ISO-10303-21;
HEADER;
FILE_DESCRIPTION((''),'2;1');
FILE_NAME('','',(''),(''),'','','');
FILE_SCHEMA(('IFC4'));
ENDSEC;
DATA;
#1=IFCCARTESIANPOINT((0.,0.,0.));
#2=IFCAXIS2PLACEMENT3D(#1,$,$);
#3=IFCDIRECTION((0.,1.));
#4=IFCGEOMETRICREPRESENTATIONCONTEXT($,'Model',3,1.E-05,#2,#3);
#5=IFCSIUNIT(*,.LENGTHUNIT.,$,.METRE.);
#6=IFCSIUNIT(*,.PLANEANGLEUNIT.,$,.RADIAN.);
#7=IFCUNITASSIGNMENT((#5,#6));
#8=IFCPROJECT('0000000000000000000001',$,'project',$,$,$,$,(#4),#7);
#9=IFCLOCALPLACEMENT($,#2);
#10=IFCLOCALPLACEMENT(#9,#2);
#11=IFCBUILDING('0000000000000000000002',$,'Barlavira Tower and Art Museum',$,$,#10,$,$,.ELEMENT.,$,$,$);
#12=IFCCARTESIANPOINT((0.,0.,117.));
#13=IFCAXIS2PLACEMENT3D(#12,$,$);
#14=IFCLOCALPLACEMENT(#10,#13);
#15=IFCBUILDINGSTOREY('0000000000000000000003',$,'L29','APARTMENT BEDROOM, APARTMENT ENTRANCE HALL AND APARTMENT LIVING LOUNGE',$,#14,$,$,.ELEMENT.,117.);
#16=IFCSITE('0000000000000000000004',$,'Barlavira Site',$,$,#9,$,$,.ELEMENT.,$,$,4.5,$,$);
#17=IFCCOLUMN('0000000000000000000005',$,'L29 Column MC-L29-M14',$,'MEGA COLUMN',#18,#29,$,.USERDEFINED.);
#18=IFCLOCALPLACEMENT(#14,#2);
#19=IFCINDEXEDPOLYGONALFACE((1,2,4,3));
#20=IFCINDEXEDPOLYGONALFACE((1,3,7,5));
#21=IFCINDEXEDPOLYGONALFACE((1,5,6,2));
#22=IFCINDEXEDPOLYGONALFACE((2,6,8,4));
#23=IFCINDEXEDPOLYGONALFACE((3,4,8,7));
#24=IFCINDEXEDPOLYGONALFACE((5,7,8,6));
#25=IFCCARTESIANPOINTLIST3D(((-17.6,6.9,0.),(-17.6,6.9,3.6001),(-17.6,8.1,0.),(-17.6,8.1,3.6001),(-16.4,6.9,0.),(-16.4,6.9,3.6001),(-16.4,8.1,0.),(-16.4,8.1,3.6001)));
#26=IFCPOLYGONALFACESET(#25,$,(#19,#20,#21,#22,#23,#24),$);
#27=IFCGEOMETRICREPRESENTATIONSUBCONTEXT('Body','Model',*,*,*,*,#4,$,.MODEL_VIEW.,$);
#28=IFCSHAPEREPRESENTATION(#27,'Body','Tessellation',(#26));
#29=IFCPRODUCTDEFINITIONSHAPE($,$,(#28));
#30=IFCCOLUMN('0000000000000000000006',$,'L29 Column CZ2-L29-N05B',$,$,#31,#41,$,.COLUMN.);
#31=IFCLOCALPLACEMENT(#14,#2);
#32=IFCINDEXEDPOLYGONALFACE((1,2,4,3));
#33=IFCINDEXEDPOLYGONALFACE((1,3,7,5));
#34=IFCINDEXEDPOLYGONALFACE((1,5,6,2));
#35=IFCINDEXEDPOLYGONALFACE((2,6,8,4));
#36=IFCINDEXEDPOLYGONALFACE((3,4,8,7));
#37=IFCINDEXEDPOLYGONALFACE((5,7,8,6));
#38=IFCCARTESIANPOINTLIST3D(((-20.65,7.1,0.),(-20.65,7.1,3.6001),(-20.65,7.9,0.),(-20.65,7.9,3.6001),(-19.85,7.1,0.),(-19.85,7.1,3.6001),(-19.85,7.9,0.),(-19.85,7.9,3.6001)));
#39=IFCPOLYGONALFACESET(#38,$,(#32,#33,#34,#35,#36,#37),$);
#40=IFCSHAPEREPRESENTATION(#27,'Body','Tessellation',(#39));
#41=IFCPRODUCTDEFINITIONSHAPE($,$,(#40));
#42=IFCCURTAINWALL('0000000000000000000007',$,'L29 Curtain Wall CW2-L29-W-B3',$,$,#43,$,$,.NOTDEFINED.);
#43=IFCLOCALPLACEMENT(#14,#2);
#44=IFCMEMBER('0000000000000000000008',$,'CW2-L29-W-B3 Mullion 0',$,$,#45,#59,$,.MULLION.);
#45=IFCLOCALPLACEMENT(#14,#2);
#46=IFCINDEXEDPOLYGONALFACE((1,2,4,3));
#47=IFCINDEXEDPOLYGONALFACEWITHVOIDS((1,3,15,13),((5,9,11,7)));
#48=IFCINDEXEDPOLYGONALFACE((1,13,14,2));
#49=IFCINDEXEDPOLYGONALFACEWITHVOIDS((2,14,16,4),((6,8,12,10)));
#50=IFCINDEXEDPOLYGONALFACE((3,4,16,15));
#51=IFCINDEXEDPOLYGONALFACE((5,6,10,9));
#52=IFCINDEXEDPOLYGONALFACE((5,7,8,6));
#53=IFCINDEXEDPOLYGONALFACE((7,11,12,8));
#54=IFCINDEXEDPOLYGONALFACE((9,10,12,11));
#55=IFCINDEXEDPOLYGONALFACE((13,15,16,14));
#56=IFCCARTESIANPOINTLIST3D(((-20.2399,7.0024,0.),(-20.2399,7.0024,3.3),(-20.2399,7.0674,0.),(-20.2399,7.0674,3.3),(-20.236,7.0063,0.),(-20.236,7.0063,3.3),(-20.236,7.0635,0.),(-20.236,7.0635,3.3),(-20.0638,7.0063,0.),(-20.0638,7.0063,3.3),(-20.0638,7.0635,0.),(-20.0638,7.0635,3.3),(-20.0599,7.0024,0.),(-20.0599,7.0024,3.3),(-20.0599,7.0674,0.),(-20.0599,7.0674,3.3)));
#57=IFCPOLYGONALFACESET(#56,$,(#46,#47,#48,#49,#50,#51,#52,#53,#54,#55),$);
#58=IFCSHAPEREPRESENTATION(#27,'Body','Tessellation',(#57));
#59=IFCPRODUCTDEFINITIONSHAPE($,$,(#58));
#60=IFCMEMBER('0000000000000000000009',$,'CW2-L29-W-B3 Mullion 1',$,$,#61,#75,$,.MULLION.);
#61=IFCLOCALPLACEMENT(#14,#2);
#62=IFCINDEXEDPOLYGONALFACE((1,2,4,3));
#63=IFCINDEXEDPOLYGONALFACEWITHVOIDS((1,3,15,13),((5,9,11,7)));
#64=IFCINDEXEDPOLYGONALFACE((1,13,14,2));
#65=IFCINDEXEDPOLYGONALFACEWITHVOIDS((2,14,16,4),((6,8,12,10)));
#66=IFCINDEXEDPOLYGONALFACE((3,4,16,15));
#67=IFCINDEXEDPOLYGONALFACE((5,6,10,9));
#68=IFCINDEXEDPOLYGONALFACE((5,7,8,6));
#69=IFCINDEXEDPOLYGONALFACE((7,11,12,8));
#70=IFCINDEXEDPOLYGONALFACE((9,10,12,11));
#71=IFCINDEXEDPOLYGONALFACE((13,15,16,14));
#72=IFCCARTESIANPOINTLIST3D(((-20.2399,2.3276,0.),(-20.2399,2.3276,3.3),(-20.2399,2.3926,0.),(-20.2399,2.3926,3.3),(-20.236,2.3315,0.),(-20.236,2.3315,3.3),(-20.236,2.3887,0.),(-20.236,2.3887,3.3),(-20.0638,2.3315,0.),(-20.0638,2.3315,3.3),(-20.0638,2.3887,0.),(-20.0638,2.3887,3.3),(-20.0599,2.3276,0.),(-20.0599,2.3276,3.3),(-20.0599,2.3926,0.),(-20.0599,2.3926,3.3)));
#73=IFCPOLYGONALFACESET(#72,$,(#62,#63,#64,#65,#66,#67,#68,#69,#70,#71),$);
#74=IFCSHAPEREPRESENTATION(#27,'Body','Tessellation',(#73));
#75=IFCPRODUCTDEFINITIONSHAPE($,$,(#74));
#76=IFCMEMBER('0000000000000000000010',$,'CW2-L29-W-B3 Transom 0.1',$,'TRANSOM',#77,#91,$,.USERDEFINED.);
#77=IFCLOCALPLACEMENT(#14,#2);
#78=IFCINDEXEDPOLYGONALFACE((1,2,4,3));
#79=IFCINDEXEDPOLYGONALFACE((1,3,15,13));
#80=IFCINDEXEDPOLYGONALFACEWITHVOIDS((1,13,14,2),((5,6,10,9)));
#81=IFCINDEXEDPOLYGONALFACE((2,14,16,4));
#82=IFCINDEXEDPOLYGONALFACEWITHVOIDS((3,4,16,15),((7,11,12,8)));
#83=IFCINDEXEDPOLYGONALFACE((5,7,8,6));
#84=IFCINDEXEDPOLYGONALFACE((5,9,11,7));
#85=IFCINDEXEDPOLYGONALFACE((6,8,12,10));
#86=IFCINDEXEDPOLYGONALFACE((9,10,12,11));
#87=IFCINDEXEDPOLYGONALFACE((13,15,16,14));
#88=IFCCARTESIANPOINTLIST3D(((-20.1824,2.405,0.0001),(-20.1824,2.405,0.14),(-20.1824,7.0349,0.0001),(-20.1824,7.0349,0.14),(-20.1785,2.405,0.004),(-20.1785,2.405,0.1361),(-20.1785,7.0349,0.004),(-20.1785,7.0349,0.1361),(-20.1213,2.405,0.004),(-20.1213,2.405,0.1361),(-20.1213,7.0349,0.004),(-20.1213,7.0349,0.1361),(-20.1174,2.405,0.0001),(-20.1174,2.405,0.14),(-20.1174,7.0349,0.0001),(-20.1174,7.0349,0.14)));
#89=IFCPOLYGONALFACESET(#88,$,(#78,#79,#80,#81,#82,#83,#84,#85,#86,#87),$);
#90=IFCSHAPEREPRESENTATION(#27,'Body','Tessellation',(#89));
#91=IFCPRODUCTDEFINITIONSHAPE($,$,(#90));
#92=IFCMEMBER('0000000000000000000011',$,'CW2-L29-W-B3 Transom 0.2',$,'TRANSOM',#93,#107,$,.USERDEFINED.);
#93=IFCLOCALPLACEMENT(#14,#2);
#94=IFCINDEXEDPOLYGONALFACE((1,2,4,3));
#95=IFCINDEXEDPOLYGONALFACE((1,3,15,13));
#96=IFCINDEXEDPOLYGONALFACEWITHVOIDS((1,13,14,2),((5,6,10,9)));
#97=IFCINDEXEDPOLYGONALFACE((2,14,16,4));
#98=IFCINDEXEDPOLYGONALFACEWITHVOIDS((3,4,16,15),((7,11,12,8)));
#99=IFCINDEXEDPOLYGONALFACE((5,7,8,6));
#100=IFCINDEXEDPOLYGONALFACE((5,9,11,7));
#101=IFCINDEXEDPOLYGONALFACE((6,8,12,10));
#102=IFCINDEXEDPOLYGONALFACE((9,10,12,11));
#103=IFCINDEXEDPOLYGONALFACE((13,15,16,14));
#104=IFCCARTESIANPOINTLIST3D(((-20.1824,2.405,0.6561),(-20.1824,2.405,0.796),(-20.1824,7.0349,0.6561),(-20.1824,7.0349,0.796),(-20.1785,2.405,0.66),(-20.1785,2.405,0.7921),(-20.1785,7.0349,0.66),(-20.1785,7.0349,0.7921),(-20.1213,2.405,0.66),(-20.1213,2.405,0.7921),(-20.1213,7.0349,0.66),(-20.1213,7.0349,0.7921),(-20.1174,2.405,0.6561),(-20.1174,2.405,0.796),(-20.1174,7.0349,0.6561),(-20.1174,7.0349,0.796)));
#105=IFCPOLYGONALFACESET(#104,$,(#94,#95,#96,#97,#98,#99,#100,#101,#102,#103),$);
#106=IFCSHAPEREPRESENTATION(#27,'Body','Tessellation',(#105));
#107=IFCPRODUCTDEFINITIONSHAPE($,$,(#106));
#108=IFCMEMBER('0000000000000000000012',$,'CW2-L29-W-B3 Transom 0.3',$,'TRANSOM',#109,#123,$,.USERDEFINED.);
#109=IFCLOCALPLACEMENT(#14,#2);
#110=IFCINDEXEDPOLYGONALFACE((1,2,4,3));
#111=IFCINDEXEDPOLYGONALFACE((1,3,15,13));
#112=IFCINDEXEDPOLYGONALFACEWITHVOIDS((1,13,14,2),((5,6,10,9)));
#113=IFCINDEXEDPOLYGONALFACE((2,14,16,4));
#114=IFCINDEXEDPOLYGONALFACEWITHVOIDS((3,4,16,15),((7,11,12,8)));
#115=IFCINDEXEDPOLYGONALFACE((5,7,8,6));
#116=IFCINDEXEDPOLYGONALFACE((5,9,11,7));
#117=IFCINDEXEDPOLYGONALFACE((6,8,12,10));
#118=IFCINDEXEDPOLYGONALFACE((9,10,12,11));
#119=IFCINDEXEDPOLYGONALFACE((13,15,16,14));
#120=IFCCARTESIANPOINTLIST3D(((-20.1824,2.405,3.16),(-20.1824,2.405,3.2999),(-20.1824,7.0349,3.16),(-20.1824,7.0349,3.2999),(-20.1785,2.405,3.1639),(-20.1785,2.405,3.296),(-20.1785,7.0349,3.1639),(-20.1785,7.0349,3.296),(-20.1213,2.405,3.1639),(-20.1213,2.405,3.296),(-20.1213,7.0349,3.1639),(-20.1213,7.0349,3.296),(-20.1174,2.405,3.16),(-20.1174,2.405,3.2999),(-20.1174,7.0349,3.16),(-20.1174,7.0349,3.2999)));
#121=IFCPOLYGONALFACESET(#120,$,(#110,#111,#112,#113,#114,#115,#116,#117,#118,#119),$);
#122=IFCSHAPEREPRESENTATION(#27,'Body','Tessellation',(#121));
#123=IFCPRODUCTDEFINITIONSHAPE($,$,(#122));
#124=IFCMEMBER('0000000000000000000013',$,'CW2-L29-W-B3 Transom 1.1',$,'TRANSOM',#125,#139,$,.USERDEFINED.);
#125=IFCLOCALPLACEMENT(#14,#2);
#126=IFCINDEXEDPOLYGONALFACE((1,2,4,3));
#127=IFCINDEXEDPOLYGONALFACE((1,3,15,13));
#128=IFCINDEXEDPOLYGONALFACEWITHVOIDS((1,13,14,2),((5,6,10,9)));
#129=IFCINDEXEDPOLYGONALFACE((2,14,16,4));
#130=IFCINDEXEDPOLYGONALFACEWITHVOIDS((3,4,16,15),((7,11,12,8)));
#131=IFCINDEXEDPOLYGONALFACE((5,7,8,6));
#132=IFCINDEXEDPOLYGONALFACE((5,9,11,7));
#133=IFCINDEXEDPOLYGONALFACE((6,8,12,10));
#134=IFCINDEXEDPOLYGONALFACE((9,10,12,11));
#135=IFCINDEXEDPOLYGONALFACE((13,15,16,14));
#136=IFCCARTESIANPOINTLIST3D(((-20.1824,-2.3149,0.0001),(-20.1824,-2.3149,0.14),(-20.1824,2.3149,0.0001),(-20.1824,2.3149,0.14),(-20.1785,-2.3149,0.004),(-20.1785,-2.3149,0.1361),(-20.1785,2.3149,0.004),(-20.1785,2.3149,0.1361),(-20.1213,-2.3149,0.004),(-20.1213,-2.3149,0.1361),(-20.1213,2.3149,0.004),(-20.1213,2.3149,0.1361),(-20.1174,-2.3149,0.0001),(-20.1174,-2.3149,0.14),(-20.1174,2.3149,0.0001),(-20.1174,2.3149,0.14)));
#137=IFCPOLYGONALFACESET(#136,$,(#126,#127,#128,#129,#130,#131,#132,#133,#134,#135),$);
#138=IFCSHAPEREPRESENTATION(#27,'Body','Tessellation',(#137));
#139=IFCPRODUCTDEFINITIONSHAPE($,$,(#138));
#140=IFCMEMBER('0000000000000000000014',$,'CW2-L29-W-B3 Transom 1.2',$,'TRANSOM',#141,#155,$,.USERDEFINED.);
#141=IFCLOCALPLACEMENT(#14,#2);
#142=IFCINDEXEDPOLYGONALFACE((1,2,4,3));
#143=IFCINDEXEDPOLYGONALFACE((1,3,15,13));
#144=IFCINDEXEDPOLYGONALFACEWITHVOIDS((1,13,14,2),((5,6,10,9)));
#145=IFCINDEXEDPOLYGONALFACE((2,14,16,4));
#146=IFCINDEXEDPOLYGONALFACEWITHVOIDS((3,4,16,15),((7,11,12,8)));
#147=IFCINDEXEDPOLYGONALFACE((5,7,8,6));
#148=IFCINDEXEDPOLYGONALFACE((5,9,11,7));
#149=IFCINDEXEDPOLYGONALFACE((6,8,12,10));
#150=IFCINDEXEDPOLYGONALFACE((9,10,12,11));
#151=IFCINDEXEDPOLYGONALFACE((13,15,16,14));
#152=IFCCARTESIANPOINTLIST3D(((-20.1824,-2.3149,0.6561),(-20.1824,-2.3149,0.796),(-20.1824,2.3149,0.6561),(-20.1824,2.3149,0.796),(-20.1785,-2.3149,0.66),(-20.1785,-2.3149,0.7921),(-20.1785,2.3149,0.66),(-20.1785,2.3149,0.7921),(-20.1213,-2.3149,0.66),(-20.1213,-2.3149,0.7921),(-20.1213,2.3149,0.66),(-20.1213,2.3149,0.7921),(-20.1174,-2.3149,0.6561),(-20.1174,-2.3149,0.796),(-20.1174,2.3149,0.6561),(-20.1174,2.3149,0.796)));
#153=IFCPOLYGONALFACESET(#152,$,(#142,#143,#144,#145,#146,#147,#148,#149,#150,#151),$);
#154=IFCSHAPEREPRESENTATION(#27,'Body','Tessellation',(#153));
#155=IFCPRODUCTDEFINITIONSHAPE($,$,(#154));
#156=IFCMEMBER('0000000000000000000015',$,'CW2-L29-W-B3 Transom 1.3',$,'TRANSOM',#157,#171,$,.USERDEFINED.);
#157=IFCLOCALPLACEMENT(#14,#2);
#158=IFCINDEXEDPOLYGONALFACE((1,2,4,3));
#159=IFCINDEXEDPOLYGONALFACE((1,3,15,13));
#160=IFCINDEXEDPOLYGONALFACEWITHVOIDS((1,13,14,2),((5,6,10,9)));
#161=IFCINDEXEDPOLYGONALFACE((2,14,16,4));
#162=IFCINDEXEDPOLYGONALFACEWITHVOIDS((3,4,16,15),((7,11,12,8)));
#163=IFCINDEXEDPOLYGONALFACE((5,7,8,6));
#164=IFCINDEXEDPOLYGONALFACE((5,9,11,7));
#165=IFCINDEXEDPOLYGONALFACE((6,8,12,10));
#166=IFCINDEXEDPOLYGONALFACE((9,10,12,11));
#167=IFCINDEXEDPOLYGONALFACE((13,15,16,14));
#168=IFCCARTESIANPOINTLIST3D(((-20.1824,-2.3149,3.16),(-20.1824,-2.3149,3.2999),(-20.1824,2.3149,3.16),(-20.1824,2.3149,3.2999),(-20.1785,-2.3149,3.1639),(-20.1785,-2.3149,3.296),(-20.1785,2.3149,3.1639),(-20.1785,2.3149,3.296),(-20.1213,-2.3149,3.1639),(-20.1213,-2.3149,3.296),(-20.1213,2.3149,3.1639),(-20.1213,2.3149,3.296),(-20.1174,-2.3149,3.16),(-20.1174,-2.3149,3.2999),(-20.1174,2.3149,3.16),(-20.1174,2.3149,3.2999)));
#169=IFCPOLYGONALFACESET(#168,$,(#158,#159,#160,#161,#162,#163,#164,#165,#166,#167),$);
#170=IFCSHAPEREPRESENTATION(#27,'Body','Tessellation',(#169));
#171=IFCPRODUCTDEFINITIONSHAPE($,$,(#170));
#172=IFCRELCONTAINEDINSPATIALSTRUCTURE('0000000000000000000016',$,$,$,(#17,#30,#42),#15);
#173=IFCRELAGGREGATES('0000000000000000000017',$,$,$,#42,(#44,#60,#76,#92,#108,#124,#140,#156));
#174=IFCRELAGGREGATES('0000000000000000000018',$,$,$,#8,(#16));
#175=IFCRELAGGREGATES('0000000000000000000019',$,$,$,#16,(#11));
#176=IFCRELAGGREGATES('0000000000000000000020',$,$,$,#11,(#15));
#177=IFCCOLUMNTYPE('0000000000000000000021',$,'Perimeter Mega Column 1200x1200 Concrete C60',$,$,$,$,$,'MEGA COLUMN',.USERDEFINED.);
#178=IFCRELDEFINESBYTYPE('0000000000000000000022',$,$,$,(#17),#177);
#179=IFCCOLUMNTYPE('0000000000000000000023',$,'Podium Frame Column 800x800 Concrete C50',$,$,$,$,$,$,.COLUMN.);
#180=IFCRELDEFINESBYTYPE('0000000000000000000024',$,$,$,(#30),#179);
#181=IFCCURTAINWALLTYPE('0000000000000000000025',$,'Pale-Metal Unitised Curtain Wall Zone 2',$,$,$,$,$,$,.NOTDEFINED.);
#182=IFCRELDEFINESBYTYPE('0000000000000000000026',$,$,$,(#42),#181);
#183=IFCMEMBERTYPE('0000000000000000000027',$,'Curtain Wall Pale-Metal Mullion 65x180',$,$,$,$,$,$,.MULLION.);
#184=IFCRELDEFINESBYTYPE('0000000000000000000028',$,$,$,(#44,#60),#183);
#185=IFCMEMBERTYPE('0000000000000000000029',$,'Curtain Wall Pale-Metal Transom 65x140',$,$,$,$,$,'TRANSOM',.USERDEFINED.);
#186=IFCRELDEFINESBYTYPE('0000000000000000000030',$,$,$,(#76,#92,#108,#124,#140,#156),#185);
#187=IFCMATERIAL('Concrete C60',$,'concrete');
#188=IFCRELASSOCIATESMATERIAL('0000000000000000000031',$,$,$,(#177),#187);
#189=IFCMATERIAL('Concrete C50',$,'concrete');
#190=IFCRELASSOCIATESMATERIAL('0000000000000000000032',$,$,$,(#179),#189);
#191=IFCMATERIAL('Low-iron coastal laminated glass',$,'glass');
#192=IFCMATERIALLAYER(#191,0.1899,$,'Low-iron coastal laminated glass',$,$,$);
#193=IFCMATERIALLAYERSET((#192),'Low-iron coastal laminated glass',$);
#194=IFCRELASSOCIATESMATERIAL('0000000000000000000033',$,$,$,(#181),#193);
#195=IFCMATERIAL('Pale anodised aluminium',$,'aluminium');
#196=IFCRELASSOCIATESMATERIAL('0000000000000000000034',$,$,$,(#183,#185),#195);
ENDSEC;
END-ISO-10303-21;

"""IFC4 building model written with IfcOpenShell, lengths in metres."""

from ifc_helpers import new_model, si_unit, direction, frame, origin, origin_2d, place, context, subcontext, project, spatial, rectangle, hollow_rectangle, extrude, material, layer, layer_set, material_profile, profile_set, type_object, element, aggregate, save


model = new_model("IFC4")

# Units and contexts
model_context = context("Model", 3, precision=1e-05, world=origin(), true_north=direction((0.0, 1.0)))
body_context = subcontext(model_context, "Body", "Model", "MODEL_VIEW")
ifc_project = project(units=[si_unit("LENGTHUNIT", "METRE"), si_unit("PLANEANGLEUNIT", "RADIAN")], contexts=[model_context])

# Site, building, storey
site_placement = place(None, origin())
site = spatial("IfcSite", under=ifc_project, at=site_placement, Name="Barlavira Site", CompositionType="ELEMENT", RefElevation=4.5)
building_placement = place(site_placement, origin())
building = spatial("IfcBuilding", under=site, at=building_placement, Name="Barlavira Tower and Art Museum", CompositionType="ELEMENT")
storey_placement = place(building_placement, frame((0.0, 0.0, 117.0)))
storey = spatial("IfcBuildingStorey", under=building, at=storey_placement, Name="L29", Description="APARTMENT BEDROOM, APARTMENT ENTRANCE HALL AND APARTMENT LIVING LOUNGE", CompositionType="ELEMENT", Elevation=117.0)

# Columns
ifc_material_1 = material(Name="Concrete C60", Category="concrete")
ifc_material_profile_1 = material_profile(ifc_material_1, rectangle(XDim=1.2, YDim=1.2, at=origin_2d()), Name="RC-COL 1200x1200")
ifc_profile_set_1 = profile_set([ifc_material_profile_1], Name="Concrete C60")
column_type_1 = type_object("IfcColumnType", Name="Perimeter Mega Column 1200x1200 Concrete C60", ElementType="MEGA COLUMN", PredefinedType="USERDEFINED", material=ifc_profile_set_1)
column_1_placement = place(storey_placement, frame((-17.0, 7.5, 0.0), z_axis=(0.0, 0.0, 1.0), x_axis=(1.0, 0.0, 0.0)))
element("IfcColumn", 1, at=column_1_placement, inside=storey, type_object=column_type_1, Name="L29 Column MC-L29-M14", ObjectType="MEGA COLUMN", PredefinedType="USERDEFINED", context=body_context, shape_type="SweptSolid", body=[
    extrude(rectangle(XDim=1.2, YDim=1.2, at=origin_2d()), origin(), (0.0, 0.0, 1.0), 3.6001),
])
ifc_material_2 = material(Name="Concrete C50", Category="concrete")
ifc_material_profile_2 = material_profile(ifc_material_2, rectangle(XDim=0.8, YDim=0.8, at=origin_2d()), Name="RC-COL 800x800")
ifc_profile_set_2 = profile_set([ifc_material_profile_2], Name="Concrete C50")
column_type_2 = type_object("IfcColumnType", Name="Podium Frame Column 800x800 Concrete C50", PredefinedType="COLUMN", material=ifc_profile_set_2)
column_2_placement = place(storey_placement, frame((-20.25, 7.5, 0.0), z_axis=(0.0, 0.0, 1.0), x_axis=(1.0, 0.0, 0.0)))
element("IfcColumn", 2, at=column_2_placement, inside=storey, type_object=column_type_2, Name="L29 Column CZ2-L29-N05B", PredefinedType="COLUMN", context=body_context, shape_type="SweptSolid", body=[
    extrude(rectangle(XDim=0.8, YDim=0.8, at=origin_2d()), origin(), (0.0, 0.0, 1.0), 3.6001),
])

# Curtain wall, members
ifc_material_3 = material(Name="Low-iron coastal laminated glass", Category="glass")
ifc_layer_1 = layer(ifc_material_3, 0.1899, Name="Low-iron coastal laminated glass")
ifc_layer_set_1 = layer_set([ifc_layer_1], Name="Low-iron coastal laminated glass")
curtain_wall_type = type_object("IfcCurtainWallType", Name="Pale-Metal Unitised Curtain Wall Zone 2", PredefinedType="NOTDEFINED", material=ifc_layer_set_1)
curtain_wall_placement = place(storey_placement, origin())
curtain_wall = element("IfcCurtainWall", 3, at=curtain_wall_placement, inside=storey, type_object=curtain_wall_type, Name="L29 Curtain Wall CW2-L29-W-B3", PredefinedType="NOTDEFINED")
ifc_material_4 = material(Name="Pale anodised aluminium", Category="aluminium")
ifc_material_profile_3 = material_profile(ifc_material_4, hollow_rectangle(XDim=0.0649, YDim=0.1799, WallThickness=0.0039, at=origin_2d()), Name="ALU-MULL 65x180x4")
ifc_profile_set_3 = profile_set([ifc_material_profile_3], Name="Pale anodised aluminium")
member_type_1 = type_object("IfcMemberType", Name="Curtain Wall Pale-Metal Mullion 65x180", PredefinedType="MULLION", material=ifc_profile_set_3)
member_1_placement = place(storey_placement, frame((-20.1499, 7.0349, 0.0), z_axis=(0.0, 0.0, 1.0), x_axis=(0.0, -1.0, 0.0)))
member_1 = element("IfcMember", 4, at=member_1_placement, type_object=member_type_1, Name="CW2-L29-W-B3 Mullion 0", PredefinedType="MULLION", context=body_context, shape_type="SweptSolid", body=[
    extrude(hollow_rectangle(XDim=0.0649, YDim=0.1799, WallThickness=0.0039, at=origin_2d()), origin(), (0.0, 0.0, 1.0), 3.3),
])
member_2_placement = place(storey_placement, frame((-20.1499, 2.3601, 0.0), z_axis=(0.0, 0.0, 1.0), x_axis=(0.0, -1.0, 0.0)))
member_2 = element("IfcMember", 5, at=member_2_placement, type_object=member_type_1, Name="CW2-L29-W-B3 Mullion 1", PredefinedType="MULLION", context=body_context, shape_type="SweptSolid", body=[
    extrude(hollow_rectangle(XDim=0.0649, YDim=0.1799, WallThickness=0.0039, at=origin_2d()), origin(), (0.0, 0.0, 1.0), 3.3),
])
ifc_material_profile_4 = material_profile(ifc_material_4, hollow_rectangle(XDim=0.0649, YDim=0.1399, WallThickness=0.0039, at=origin_2d()), Name="ALU-TRAN 65x140x4")
ifc_profile_set_4 = profile_set([ifc_material_profile_4], Name="Pale anodised aluminium")
member_type_2 = type_object("IfcMemberType", Name="Curtain Wall Pale-Metal Transom 65x140", ElementType="TRANSOM", PredefinedType="USERDEFINED", material=ifc_profile_set_4)
member_3_placement = place(storey_placement, frame((-20.1499, 7.0349, 0.0701), z_axis=(0.0, -1.0, 0.0), x_axis=(1.0, 0.0, 0.0)))
member_3 = element("IfcMember", 6, at=member_3_placement, type_object=member_type_2, Name="CW2-L29-W-B3 Transom 0.1", ObjectType="TRANSOM", PredefinedType="USERDEFINED", context=body_context, shape_type="SweptSolid", body=[
    extrude(hollow_rectangle(XDim=0.0649, YDim=0.1399, WallThickness=0.0039, at=origin_2d()), origin(), (0.0, 0.0, 1.0), 4.6299),
])
member_4_placement = place(storey_placement, frame((-20.1499, 7.0349, 0.7261), z_axis=(0.0, -1.0, 0.0), x_axis=(1.0, 0.0, 0.0)))
member_4 = element("IfcMember", 7, at=member_4_placement, type_object=member_type_2, Name="CW2-L29-W-B3 Transom 0.2", ObjectType="TRANSOM", PredefinedType="USERDEFINED", context=body_context, shape_type="SweptSolid", body=[
    extrude(hollow_rectangle(XDim=0.0649, YDim=0.1399, WallThickness=0.0039, at=origin_2d()), origin(), (0.0, 0.0, 1.0), 4.6299),
])
member_5_placement = place(storey_placement, frame((-20.1499, 7.0349, 3.23), z_axis=(0.0, -1.0, 0.0), x_axis=(1.0, 0.0, 0.0)))
member_5 = element("IfcMember", 8, at=member_5_placement, type_object=member_type_2, Name="CW2-L29-W-B3 Transom 0.3", ObjectType="TRANSOM", PredefinedType="USERDEFINED", context=body_context, shape_type="SweptSolid", body=[
    extrude(hollow_rectangle(XDim=0.0649, YDim=0.1399, WallThickness=0.0039, at=origin_2d()), origin(), (0.0, 0.0, 1.0), 4.6299),
])
member_6_placement = place(storey_placement, frame((-20.1499, 2.3149, 0.0701), z_axis=(0.0, -1.0, 0.0), x_axis=(1.0, 0.0, 0.0)))
member_6 = element("IfcMember", 9, at=member_6_placement, type_object=member_type_2, Name="CW2-L29-W-B3 Transom 1.1", ObjectType="TRANSOM", PredefinedType="USERDEFINED", context=body_context, shape_type="SweptSolid", body=[
    extrude(hollow_rectangle(XDim=0.0649, YDim=0.1399, WallThickness=0.0039, at=origin_2d()), origin(), (0.0, 0.0, 1.0), 4.6299),
])
member_7_placement = place(storey_placement, frame((-20.1499, 2.3149, 0.7261), z_axis=(0.0, -1.0, 0.0), x_axis=(1.0, 0.0, 0.0)))
member_7 = element("IfcMember", 10, at=member_7_placement, type_object=member_type_2, Name="CW2-L29-W-B3 Transom 1.2", ObjectType="TRANSOM", PredefinedType="USERDEFINED", context=body_context, shape_type="SweptSolid", body=[
    extrude(hollow_rectangle(XDim=0.0649, YDim=0.1399, WallThickness=0.0039, at=origin_2d()), origin(), (0.0, 0.0, 1.0), 4.6299),
])
member_8_placement = place(storey_placement, frame((-20.1499, 2.3149, 3.23), z_axis=(0.0, -1.0, 0.0), x_axis=(1.0, 0.0, 0.0)))
member_8 = element("IfcMember", 11, at=member_8_placement, type_object=member_type_2, Name="CW2-L29-W-B3 Transom 1.3", ObjectType="TRANSOM", PredefinedType="USERDEFINED", context=body_context, shape_type="SweptSolid", body=[
    extrude(hollow_rectangle(XDim=0.0649, YDim=0.1399, WallThickness=0.0039, at=origin_2d()), origin(), (0.0, 0.0, 1.0), 4.6299),
])

aggregate(curtain_wall, [member_1, member_2, member_3, member_4, member_5, member_6, member_7, member_8])

save(model, "model.ifc")
